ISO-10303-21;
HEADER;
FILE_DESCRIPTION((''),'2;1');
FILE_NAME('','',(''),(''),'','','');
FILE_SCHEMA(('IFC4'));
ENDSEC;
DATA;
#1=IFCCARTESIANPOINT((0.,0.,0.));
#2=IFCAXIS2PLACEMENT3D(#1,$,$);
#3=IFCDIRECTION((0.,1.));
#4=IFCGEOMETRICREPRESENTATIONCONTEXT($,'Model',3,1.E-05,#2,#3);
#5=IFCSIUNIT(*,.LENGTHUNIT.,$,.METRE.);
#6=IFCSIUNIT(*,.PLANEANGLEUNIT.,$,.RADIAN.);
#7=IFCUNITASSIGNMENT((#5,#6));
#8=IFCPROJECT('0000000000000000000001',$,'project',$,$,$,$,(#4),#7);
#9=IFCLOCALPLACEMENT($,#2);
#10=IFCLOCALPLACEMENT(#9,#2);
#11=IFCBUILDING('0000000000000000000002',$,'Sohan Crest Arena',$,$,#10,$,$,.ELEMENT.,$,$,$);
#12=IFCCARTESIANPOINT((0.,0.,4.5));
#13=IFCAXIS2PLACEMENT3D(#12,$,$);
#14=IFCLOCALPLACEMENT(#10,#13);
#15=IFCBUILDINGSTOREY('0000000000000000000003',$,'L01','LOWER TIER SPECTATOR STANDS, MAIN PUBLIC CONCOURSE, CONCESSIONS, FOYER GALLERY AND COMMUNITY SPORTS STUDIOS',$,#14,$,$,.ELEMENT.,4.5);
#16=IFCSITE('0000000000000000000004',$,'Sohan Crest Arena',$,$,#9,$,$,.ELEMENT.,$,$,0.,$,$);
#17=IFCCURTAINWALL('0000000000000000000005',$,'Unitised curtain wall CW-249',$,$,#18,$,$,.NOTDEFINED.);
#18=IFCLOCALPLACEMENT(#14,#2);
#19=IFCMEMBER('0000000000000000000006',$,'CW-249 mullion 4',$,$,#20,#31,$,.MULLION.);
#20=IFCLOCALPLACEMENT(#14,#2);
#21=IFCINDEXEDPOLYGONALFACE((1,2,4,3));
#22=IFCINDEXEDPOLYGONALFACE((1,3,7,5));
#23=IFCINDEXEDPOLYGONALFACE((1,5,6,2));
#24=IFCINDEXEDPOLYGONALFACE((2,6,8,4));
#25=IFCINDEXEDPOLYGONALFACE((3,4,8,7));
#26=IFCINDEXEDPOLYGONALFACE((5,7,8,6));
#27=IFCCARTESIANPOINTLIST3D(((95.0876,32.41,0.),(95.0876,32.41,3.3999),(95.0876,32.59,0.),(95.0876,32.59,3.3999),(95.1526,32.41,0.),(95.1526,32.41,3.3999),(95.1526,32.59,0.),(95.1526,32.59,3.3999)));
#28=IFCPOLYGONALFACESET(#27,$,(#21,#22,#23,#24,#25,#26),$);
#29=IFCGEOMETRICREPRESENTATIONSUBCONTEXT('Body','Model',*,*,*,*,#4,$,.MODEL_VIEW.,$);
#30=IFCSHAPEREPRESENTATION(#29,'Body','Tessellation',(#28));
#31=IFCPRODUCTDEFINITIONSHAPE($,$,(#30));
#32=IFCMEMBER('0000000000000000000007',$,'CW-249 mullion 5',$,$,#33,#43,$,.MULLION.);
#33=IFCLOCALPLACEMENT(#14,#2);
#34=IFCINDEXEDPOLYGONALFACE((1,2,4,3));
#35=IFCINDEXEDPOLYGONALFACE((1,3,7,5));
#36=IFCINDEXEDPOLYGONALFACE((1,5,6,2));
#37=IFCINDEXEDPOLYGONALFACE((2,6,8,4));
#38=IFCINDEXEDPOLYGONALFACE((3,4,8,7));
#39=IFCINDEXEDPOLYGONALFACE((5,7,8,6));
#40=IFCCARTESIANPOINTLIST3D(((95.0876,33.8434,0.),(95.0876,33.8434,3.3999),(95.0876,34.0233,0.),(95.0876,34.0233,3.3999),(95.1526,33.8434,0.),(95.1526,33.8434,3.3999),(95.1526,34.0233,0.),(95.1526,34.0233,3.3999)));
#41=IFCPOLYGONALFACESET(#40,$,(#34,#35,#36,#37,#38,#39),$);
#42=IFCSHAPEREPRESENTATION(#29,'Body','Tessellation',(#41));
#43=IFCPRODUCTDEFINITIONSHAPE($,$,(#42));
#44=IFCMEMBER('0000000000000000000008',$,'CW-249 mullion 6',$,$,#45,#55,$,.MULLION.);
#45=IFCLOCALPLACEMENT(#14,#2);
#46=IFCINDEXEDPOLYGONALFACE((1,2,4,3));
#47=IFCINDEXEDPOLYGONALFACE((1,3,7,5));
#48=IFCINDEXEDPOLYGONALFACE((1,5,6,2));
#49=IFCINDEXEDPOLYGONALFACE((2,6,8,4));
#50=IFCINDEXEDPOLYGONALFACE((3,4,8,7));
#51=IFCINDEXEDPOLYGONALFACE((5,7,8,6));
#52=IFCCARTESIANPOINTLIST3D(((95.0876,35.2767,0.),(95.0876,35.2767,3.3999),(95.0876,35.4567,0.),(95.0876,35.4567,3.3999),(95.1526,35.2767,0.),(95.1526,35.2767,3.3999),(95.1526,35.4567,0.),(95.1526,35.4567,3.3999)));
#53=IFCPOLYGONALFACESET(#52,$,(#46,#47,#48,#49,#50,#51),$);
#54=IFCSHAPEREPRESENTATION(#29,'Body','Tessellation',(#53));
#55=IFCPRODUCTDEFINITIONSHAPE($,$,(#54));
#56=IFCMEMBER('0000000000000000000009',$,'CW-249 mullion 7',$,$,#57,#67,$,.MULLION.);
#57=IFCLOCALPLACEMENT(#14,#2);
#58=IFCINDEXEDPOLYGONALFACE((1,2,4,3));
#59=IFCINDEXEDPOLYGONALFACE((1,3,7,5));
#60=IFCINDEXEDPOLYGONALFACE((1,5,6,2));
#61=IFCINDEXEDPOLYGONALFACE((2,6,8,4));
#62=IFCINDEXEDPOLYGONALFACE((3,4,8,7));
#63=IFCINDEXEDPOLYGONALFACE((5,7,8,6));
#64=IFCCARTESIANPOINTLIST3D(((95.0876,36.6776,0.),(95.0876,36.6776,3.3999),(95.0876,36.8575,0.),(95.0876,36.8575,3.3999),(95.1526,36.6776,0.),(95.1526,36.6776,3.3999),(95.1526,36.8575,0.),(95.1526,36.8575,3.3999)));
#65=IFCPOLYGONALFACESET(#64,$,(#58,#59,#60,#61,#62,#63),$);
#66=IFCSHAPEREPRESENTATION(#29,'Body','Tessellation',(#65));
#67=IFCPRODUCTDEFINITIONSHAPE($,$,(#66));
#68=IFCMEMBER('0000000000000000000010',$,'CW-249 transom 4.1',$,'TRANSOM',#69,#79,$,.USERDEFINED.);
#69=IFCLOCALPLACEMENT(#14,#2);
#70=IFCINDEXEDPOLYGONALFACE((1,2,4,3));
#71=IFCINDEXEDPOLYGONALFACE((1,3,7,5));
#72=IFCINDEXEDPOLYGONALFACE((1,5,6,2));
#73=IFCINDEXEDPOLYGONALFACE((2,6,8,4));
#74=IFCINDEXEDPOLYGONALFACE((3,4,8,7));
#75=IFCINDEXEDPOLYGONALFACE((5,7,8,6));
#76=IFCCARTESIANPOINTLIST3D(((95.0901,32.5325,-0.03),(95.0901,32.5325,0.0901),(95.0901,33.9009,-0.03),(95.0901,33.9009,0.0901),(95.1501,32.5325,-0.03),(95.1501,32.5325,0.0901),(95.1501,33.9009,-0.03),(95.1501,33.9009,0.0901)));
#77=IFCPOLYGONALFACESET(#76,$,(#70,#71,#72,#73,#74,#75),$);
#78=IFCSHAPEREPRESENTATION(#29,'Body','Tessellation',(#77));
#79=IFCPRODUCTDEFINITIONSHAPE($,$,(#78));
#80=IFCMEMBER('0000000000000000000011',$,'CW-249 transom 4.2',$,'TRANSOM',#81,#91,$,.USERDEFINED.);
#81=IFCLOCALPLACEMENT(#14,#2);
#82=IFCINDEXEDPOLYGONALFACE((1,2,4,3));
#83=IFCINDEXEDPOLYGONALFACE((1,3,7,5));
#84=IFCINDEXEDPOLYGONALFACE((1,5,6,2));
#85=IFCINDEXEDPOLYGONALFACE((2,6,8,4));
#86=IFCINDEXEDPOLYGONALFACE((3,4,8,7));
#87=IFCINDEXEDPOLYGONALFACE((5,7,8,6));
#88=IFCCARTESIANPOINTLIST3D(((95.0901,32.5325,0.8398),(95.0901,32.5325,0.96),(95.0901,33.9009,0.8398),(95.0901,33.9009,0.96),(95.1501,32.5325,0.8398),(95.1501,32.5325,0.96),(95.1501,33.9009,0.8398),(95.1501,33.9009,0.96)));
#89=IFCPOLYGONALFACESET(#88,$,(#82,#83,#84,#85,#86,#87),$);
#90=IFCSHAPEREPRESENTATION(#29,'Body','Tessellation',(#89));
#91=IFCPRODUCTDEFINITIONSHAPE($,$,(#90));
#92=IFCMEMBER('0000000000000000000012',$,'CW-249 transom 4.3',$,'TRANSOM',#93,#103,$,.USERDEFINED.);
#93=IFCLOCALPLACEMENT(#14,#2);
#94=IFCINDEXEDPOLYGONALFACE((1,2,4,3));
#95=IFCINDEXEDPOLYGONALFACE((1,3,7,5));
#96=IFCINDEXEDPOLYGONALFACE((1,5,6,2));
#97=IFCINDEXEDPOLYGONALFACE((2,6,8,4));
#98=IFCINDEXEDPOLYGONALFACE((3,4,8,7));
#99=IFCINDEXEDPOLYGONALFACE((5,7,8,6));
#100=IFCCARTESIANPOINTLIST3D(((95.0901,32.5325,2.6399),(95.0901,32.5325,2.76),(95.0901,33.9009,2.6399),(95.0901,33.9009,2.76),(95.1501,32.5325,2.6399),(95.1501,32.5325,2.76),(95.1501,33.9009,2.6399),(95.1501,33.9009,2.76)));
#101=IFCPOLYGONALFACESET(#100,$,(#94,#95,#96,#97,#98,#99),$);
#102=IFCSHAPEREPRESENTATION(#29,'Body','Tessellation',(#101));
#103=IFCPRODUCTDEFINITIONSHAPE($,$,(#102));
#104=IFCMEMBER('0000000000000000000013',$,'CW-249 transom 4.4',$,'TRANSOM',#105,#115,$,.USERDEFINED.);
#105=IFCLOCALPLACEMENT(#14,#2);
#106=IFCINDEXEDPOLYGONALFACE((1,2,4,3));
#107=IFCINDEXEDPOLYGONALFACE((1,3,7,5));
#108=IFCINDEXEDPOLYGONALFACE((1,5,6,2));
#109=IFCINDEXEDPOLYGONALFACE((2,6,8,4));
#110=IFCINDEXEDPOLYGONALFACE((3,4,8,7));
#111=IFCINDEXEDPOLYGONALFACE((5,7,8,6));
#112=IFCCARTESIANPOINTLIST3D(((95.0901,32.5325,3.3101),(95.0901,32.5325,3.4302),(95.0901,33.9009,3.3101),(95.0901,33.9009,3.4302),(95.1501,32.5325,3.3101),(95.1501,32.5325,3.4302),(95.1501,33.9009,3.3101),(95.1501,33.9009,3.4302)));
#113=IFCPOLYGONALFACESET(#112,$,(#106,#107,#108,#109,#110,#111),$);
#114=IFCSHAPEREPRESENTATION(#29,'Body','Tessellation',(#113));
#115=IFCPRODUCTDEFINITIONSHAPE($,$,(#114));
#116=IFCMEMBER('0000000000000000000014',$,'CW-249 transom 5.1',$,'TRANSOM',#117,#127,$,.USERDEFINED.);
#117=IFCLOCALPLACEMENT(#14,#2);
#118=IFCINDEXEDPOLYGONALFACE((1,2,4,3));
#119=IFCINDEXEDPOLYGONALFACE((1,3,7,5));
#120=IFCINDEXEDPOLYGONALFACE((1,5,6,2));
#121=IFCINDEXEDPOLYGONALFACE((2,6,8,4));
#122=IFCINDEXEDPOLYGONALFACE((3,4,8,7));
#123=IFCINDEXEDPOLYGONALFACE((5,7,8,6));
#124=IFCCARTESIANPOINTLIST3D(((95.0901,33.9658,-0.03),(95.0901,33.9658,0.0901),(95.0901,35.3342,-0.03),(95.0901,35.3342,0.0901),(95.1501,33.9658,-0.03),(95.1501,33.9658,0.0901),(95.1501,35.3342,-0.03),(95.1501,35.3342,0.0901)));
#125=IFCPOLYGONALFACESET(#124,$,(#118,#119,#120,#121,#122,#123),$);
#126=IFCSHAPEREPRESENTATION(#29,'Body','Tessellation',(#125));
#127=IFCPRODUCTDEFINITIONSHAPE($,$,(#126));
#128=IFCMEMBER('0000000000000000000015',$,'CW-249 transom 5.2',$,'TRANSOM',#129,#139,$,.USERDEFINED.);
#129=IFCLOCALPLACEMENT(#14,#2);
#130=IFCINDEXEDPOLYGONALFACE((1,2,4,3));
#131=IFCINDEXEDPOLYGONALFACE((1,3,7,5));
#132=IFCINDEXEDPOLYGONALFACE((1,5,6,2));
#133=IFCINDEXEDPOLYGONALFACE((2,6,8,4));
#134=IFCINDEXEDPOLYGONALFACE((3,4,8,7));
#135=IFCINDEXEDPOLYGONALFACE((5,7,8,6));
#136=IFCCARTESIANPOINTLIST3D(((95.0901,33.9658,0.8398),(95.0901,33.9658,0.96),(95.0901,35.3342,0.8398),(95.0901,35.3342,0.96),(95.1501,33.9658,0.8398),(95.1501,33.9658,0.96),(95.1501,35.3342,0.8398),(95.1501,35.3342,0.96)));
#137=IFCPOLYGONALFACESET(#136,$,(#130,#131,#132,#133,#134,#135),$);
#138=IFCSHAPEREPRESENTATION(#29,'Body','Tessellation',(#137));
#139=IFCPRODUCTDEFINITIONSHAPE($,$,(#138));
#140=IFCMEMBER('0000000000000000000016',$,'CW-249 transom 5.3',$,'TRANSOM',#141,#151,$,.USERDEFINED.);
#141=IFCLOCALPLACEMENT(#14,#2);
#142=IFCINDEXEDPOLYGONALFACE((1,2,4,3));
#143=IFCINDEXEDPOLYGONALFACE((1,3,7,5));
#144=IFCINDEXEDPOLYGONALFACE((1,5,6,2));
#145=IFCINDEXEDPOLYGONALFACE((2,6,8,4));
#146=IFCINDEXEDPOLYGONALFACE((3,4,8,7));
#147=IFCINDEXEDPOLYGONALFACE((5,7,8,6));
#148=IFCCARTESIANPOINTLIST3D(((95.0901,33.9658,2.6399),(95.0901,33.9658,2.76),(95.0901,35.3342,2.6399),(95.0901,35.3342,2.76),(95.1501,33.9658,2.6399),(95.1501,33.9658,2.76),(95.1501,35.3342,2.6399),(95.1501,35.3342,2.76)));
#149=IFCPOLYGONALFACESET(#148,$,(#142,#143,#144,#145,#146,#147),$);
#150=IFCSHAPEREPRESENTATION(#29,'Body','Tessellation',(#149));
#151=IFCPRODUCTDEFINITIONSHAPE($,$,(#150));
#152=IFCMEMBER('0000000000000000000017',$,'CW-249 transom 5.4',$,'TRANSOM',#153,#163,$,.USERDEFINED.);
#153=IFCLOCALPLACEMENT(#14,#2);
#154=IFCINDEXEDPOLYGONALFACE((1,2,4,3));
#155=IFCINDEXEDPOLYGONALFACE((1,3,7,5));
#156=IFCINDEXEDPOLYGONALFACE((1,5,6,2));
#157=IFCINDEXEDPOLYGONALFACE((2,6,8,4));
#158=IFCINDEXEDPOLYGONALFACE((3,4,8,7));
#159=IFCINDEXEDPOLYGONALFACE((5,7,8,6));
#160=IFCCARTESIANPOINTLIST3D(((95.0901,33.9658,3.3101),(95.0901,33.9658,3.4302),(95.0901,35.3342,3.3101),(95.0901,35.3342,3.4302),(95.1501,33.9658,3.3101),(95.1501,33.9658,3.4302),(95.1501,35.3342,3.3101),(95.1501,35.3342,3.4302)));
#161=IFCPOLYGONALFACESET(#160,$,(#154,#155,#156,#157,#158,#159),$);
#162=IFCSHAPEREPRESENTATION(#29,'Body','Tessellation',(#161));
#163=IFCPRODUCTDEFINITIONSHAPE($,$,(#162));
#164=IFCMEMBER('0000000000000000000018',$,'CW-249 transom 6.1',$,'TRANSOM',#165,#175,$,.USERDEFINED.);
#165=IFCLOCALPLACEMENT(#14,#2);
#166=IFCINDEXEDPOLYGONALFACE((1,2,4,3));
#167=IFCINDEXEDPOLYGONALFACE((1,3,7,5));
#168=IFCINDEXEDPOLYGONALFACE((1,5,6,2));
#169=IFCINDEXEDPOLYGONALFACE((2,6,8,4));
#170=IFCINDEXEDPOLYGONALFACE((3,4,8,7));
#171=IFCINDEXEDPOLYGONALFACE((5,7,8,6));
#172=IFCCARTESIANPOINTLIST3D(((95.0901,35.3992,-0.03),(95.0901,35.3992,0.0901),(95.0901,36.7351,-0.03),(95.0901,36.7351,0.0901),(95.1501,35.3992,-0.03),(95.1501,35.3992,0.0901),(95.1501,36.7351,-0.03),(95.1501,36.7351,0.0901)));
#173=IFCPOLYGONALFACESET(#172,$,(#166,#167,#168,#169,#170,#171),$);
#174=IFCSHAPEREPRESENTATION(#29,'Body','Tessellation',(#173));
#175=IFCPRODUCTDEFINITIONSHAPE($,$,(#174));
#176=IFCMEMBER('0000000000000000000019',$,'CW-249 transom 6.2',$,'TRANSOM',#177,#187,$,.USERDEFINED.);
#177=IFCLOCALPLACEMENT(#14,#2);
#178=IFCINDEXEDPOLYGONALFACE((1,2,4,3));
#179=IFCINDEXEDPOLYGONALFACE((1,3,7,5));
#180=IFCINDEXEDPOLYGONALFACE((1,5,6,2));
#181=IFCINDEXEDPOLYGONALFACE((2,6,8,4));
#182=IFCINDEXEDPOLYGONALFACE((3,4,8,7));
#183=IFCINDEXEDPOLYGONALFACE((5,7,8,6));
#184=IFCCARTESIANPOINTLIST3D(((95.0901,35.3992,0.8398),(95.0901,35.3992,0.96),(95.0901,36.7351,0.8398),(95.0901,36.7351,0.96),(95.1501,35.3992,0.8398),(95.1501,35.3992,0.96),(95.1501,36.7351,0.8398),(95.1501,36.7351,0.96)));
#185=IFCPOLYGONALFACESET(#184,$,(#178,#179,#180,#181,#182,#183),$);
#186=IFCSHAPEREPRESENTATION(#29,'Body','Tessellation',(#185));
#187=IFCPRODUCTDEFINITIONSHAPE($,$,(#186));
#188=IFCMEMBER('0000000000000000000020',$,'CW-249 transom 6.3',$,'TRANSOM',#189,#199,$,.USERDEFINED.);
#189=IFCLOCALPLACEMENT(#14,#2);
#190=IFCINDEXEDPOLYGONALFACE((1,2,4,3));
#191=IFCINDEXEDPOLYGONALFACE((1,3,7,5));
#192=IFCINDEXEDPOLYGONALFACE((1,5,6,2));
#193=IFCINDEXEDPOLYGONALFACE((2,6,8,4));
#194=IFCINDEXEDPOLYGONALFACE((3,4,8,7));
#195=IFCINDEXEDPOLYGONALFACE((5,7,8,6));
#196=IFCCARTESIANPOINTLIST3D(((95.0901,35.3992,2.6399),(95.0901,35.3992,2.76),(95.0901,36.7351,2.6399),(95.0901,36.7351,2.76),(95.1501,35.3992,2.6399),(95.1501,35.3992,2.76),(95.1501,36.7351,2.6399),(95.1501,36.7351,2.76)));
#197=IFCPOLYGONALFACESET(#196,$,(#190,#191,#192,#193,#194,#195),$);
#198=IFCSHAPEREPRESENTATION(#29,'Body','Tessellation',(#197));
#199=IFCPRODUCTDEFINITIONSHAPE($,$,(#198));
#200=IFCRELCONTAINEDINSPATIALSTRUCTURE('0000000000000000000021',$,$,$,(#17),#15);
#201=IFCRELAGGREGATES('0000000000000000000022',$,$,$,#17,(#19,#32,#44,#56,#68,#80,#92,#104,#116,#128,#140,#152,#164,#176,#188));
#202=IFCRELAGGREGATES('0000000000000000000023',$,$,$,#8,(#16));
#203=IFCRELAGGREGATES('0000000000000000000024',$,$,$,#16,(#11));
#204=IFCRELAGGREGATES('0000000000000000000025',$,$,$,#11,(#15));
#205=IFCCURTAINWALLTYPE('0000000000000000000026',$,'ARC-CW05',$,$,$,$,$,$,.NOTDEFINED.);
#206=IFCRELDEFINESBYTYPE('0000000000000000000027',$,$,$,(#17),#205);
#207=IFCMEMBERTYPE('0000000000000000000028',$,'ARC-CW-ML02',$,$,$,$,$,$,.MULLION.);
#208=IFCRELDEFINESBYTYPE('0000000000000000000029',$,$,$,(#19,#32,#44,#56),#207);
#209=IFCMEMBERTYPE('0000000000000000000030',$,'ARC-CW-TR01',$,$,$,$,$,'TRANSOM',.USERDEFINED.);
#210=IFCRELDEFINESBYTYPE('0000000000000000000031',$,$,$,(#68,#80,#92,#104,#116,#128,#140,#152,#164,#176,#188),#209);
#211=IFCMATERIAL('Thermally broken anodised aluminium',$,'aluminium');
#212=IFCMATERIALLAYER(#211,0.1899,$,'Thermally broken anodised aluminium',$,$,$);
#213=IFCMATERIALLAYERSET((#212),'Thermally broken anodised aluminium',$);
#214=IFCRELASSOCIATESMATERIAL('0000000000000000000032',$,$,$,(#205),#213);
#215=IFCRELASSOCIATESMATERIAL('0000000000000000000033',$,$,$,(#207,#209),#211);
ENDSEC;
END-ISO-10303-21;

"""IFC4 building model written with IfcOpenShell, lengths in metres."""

from ifc_helpers import new_model, si_unit, direction, frame, origin, origin_2d, place, context, subcontext, project, spatial, rectangle, extrude, material, layer, layer_set, material_profile, profile_set, type_object, element, aggregate, save


model = new_model("IFC4")

# Units and contexts
model_context = context("Model", 3, precision=1e-05, world=origin(), true_north=direction((0.0, 1.0)))
body_context = subcontext(model_context, "Body", "Model", "MODEL_VIEW")
ifc_project = project(units=[si_unit("LENGTHUNIT", "METRE"), si_unit("PLANEANGLEUNIT", "RADIAN")], contexts=[model_context])

# Site, building, storey
site_placement = place(None, origin())
site = spatial("IfcSite", under=ifc_project, at=site_placement, Name="Sohan Crest Arena", CompositionType="ELEMENT", RefElevation=0.0)
building_placement = place(site_placement, origin())
building = spatial("IfcBuilding", under=site, at=building_placement, Name="Sohan Crest Arena", CompositionType="ELEMENT")
storey_placement = place(building_placement, frame((0.0, 0.0, 4.5)))
storey = spatial("IfcBuildingStorey", under=building, at=storey_placement, Name="L01", Description="LOWER TIER SPECTATOR STANDS, MAIN PUBLIC CONCOURSE, CONCESSIONS, FOYER GALLERY AND COMMUNITY SPORTS STUDIOS", CompositionType="ELEMENT", Elevation=4.5)

# Curtain wall, members
ifc_material_1 = material(Name="Thermally broken anodised aluminium", Category="aluminium")
ifc_layer_1 = layer(ifc_material_1, 0.1899, Name="Thermally broken anodised aluminium")
ifc_layer_set_1 = layer_set([ifc_layer_1], Name="Thermally broken anodised aluminium")
curtain_wall_type = type_object("IfcCurtainWallType", Name="ARC-CW05", PredefinedType="NOTDEFINED", material=ifc_layer_set_1)
curtain_wall_1_placement = place(storey_placement, origin())
curtain_wall_1 = element("IfcCurtainWall", 1, at=curtain_wall_1_placement, inside=storey, type_object=curtain_wall_type, Name="Unitised curtain wall CW-249", PredefinedType="NOTDEFINED")
ifc_material_profile_1 = material_profile(ifc_material_1, rectangle(XDim=0.0649, YDim=0.1799, at=origin_2d()), Name="ALU-MULL 65x180")
ifc_profile_set_1 = profile_set([ifc_material_profile_1], Name="Thermally broken anodised aluminium")
member_type_1 = type_object("IfcMemberType", Name="ARC-CW-ML02", PredefinedType="MULLION", material=ifc_profile_set_1)
member_1_placement = place(storey_placement, frame((95.1201, 32.5, 0.0), z_axis=(0.0, 0.0, 1.0), x_axis=(-1.0, 0.0, 0.0)))
member_1 = element("IfcMember", 2, at=member_1_placement, type_object=member_type_1, Name="CW-249 mullion 4", PredefinedType="MULLION", context=body_context, shape_type="SweptSolid", body=[
    extrude(rectangle(XDim=0.0649, YDim=0.1799, at=origin_2d()), origin(), (0.0, 0.0, 1.0), 3.3999),
])
member_2_placement = place(storey_placement, frame((95.1201, 33.9333, 0.0), z_axis=(0.0, 0.0, 1.0), x_axis=(-1.0, 0.0, 0.0)))
member_2 = element("IfcMember", 3, at=member_2_placement, type_object=member_type_1, Name="CW-249 mullion 5", PredefinedType="MULLION", context=body_context, shape_type="SweptSolid", body=[
    extrude(rectangle(XDim=0.0649, YDim=0.1799, at=origin_2d()), origin(), (0.0, 0.0, 1.0), 3.3999),
])
member_3_placement = place(storey_placement, frame((95.1201, 35.3667, 0.0), z_axis=(0.0, 0.0, 1.0), x_axis=(-1.0, 0.0, 0.0)))
member_3 = element("IfcMember", 4, at=member_3_placement, type_object=member_type_1, Name="CW-249 mullion 6", PredefinedType="MULLION", context=body_context, shape_type="SweptSolid", body=[
    extrude(rectangle(XDim=0.0649, YDim=0.1799, at=origin_2d()), origin(), (0.0, 0.0, 1.0), 3.3999),
])
member_4_placement = place(storey_placement, frame((95.1201, 36.7676, 0.0), z_axis=(0.0, 0.0, 1.0), x_axis=(-1.0, 0.0, 0.0)))
member_4 = element("IfcMember", 5, at=member_4_placement, type_object=member_type_1, Name="CW-249 mullion 7", PredefinedType="MULLION", context=body_context, shape_type="SweptSolid", body=[
    extrude(rectangle(XDim=0.0649, YDim=0.1799, at=origin_2d()), origin(), (0.0, 0.0, 1.0), 3.3999),
])
ifc_material_profile_2 = material_profile(ifc_material_1, rectangle(XDim=0.0601, YDim=0.1201, at=origin_2d()), Name="ALU-TRAN 60x120")
ifc_profile_set_2 = profile_set([ifc_material_profile_2], Name="Thermally broken anodised aluminium")
member_type_2 = type_object("IfcMemberType", Name="ARC-CW-TR01", ElementType="TRANSOM", PredefinedType="USERDEFINED", material=ifc_profile_set_2)
member_5_placement = place(storey_placement, frame((95.1201, 32.5325, 0.03), z_axis=(0.0, 1.0, 0.0), x_axis=(-1.0, 0.0, 0.0)))
member_5 = element("IfcMember", 6, at=member_5_placement, type_object=member_type_2, Name="CW-249 transom 4.1", ObjectType="TRANSOM", PredefinedType="USERDEFINED", context=body_context, shape_type="SweptSolid", body=[
    extrude(rectangle(XDim=0.0601, YDim=0.1201, at=origin_2d()), origin(), (0.0, 0.0, 1.0), 1.3684),
])
member_6_placement = place(storey_placement, frame((95.1201, 32.5325, 0.8999), z_axis=(0.0, 1.0, 0.0), x_axis=(-1.0, 0.0, 0.0)))
member_6 = element("IfcMember", 7, at=member_6_placement, type_object=member_type_2, Name="CW-249 transom 4.2", ObjectType="TRANSOM", PredefinedType="USERDEFINED", context=body_context, shape_type="SweptSolid", body=[
    extrude(rectangle(XDim=0.0601, YDim=0.1201, at=origin_2d()), origin(), (0.0, 0.0, 1.0), 1.3684),
])
member_7_placement = place(storey_placement, frame((95.1201, 32.5325, 2.7), z_axis=(0.0, 1.0, 0.0), x_axis=(-1.0, 0.0, 0.0)))
member_7 = element("IfcMember", 8, at=member_7_placement, type_object=member_type_2, Name="CW-249 transom 4.3", ObjectType="TRANSOM", PredefinedType="USERDEFINED", context=body_context, shape_type="SweptSolid", body=[
    extrude(rectangle(XDim=0.0601, YDim=0.1201, at=origin_2d()), origin(), (0.0, 0.0, 1.0), 1.3684),
])
member_8_placement = place(storey_placement, frame((95.1201, 32.5325, 3.3701), z_axis=(0.0, 1.0, 0.0), x_axis=(-1.0, 0.0, 0.0)))
member_8 = element("IfcMember", 9, at=member_8_placement, type_object=member_type_2, Name="CW-249 transom 4.4", ObjectType="TRANSOM", PredefinedType="USERDEFINED", context=body_context, shape_type="SweptSolid", body=[
    extrude(rectangle(XDim=0.0601, YDim=0.1201, at=origin_2d()), origin(), (0.0, 0.0, 1.0), 1.3684),
])
member_9_placement = place(storey_placement, frame((95.1201, 33.9658, 0.03), z_axis=(0.0, 1.0, 0.0), x_axis=(-1.0, 0.0, 0.0)))
member_9 = element("IfcMember", 10, at=member_9_placement, type_object=member_type_2, Name="CW-249 transom 5.1", ObjectType="TRANSOM", PredefinedType="USERDEFINED", context=body_context, shape_type="SweptSolid", body=[
    extrude(rectangle(XDim=0.0601, YDim=0.1201, at=origin_2d()), origin(), (0.0, 0.0, 1.0), 1.3684),
])
member_10_placement = place(storey_placement, frame((95.1201, 33.9658, 0.8999), z_axis=(0.0, 1.0, 0.0), x_axis=(-1.0, 0.0, 0.0)))
member_10 = element("IfcMember", 11, at=member_10_placement, type_object=member_type_2, Name="CW-249 transom 5.2", ObjectType="TRANSOM", PredefinedType="USERDEFINED", context=body_context, shape_type="SweptSolid", body=[
    extrude(rectangle(XDim=0.0601, YDim=0.1201, at=origin_2d()), origin(), (0.0, 0.0, 1.0), 1.3684),
])
member_11_placement = place(storey_placement, frame((95.1201, 33.9658, 2.7), z_axis=(0.0, 1.0, 0.0), x_axis=(-1.0, 0.0, 0.0)))
member_11 = element("IfcMember", 12, at=member_11_placement, type_object=member_type_2, Name="CW-249 transom 5.3", ObjectType="TRANSOM", PredefinedType="USERDEFINED", context=body_context, shape_type="SweptSolid", body=[
    extrude(rectangle(XDim=0.0601, YDim=0.1201, at=origin_2d()), origin(), (0.0, 0.0, 1.0), 1.3684),
])
member_12_placement = place(storey_placement, frame((95.1201, 33.9658, 3.3701), z_axis=(0.0, 1.0, 0.0), x_axis=(-1.0, 0.0, 0.0)))
member_12 = element("IfcMember", 13, at=member_12_placement, type_object=member_type_2, Name="CW-249 transom 5.4", ObjectType="TRANSOM", PredefinedType="USERDEFINED", context=body_context, shape_type="SweptSolid", body=[
    extrude(rectangle(XDim=0.0601, YDim=0.1201, at=origin_2d()), origin(), (0.0, 0.0, 1.0), 1.3684),
])
member_13_placement = place(storey_placement, frame((95.1201, 35.3992, 0.03), z_axis=(0.0, 1.0, 0.0), x_axis=(-1.0, 0.0, 0.0)))
member_13 = element("IfcMember", 14, at=member_13_placement, type_object=member_type_2, Name="CW-249 transom 6.1", ObjectType="TRANSOM", PredefinedType="USERDEFINED", context=body_context, shape_type="SweptSolid", body=[
    extrude(rectangle(XDim=0.0601, YDim=0.1201, at=origin_2d()), origin(), (0.0, 0.0, 1.0), 1.3359),
])
member_14_placement = place(storey_placement, frame((95.1201, 35.3992, 0.8999), z_axis=(0.0, 1.0, 0.0), x_axis=(-1.0, 0.0, 0.0)))
member_14 = element("IfcMember", 15, at=member_14_placement, type_object=member_type_2, Name="CW-249 transom 6.2", ObjectType="TRANSOM", PredefinedType="USERDEFINED", context=body_context, shape_type="SweptSolid", body=[
    extrude(rectangle(XDim=0.0601, YDim=0.1201, at=origin_2d()), origin(), (0.0, 0.0, 1.0), 1.3359),
])
member_15_placement = place(storey_placement, frame((95.1201, 35.3992, 2.7), z_axis=(0.0, 1.0, 0.0), x_axis=(-1.0, 0.0, 0.0)))
member_15 = element("IfcMember", 16, at=member_15_placement, type_object=member_type_2, Name="CW-249 transom 6.3", ObjectType="TRANSOM", PredefinedType="USERDEFINED", context=body_context, shape_type="SweptSolid", body=[
    extrude(rectangle(XDim=0.0601, YDim=0.1201, at=origin_2d()), origin(), (0.0, 0.0, 1.0), 1.3359),
])

aggregate(curtain_wall_1, [member_1, member_2, member_3, member_4, member_5, member_6, member_7, member_8, member_9, member_10, member_11, member_12, member_13, member_14, member_15])

save(model, "model.ifc")
